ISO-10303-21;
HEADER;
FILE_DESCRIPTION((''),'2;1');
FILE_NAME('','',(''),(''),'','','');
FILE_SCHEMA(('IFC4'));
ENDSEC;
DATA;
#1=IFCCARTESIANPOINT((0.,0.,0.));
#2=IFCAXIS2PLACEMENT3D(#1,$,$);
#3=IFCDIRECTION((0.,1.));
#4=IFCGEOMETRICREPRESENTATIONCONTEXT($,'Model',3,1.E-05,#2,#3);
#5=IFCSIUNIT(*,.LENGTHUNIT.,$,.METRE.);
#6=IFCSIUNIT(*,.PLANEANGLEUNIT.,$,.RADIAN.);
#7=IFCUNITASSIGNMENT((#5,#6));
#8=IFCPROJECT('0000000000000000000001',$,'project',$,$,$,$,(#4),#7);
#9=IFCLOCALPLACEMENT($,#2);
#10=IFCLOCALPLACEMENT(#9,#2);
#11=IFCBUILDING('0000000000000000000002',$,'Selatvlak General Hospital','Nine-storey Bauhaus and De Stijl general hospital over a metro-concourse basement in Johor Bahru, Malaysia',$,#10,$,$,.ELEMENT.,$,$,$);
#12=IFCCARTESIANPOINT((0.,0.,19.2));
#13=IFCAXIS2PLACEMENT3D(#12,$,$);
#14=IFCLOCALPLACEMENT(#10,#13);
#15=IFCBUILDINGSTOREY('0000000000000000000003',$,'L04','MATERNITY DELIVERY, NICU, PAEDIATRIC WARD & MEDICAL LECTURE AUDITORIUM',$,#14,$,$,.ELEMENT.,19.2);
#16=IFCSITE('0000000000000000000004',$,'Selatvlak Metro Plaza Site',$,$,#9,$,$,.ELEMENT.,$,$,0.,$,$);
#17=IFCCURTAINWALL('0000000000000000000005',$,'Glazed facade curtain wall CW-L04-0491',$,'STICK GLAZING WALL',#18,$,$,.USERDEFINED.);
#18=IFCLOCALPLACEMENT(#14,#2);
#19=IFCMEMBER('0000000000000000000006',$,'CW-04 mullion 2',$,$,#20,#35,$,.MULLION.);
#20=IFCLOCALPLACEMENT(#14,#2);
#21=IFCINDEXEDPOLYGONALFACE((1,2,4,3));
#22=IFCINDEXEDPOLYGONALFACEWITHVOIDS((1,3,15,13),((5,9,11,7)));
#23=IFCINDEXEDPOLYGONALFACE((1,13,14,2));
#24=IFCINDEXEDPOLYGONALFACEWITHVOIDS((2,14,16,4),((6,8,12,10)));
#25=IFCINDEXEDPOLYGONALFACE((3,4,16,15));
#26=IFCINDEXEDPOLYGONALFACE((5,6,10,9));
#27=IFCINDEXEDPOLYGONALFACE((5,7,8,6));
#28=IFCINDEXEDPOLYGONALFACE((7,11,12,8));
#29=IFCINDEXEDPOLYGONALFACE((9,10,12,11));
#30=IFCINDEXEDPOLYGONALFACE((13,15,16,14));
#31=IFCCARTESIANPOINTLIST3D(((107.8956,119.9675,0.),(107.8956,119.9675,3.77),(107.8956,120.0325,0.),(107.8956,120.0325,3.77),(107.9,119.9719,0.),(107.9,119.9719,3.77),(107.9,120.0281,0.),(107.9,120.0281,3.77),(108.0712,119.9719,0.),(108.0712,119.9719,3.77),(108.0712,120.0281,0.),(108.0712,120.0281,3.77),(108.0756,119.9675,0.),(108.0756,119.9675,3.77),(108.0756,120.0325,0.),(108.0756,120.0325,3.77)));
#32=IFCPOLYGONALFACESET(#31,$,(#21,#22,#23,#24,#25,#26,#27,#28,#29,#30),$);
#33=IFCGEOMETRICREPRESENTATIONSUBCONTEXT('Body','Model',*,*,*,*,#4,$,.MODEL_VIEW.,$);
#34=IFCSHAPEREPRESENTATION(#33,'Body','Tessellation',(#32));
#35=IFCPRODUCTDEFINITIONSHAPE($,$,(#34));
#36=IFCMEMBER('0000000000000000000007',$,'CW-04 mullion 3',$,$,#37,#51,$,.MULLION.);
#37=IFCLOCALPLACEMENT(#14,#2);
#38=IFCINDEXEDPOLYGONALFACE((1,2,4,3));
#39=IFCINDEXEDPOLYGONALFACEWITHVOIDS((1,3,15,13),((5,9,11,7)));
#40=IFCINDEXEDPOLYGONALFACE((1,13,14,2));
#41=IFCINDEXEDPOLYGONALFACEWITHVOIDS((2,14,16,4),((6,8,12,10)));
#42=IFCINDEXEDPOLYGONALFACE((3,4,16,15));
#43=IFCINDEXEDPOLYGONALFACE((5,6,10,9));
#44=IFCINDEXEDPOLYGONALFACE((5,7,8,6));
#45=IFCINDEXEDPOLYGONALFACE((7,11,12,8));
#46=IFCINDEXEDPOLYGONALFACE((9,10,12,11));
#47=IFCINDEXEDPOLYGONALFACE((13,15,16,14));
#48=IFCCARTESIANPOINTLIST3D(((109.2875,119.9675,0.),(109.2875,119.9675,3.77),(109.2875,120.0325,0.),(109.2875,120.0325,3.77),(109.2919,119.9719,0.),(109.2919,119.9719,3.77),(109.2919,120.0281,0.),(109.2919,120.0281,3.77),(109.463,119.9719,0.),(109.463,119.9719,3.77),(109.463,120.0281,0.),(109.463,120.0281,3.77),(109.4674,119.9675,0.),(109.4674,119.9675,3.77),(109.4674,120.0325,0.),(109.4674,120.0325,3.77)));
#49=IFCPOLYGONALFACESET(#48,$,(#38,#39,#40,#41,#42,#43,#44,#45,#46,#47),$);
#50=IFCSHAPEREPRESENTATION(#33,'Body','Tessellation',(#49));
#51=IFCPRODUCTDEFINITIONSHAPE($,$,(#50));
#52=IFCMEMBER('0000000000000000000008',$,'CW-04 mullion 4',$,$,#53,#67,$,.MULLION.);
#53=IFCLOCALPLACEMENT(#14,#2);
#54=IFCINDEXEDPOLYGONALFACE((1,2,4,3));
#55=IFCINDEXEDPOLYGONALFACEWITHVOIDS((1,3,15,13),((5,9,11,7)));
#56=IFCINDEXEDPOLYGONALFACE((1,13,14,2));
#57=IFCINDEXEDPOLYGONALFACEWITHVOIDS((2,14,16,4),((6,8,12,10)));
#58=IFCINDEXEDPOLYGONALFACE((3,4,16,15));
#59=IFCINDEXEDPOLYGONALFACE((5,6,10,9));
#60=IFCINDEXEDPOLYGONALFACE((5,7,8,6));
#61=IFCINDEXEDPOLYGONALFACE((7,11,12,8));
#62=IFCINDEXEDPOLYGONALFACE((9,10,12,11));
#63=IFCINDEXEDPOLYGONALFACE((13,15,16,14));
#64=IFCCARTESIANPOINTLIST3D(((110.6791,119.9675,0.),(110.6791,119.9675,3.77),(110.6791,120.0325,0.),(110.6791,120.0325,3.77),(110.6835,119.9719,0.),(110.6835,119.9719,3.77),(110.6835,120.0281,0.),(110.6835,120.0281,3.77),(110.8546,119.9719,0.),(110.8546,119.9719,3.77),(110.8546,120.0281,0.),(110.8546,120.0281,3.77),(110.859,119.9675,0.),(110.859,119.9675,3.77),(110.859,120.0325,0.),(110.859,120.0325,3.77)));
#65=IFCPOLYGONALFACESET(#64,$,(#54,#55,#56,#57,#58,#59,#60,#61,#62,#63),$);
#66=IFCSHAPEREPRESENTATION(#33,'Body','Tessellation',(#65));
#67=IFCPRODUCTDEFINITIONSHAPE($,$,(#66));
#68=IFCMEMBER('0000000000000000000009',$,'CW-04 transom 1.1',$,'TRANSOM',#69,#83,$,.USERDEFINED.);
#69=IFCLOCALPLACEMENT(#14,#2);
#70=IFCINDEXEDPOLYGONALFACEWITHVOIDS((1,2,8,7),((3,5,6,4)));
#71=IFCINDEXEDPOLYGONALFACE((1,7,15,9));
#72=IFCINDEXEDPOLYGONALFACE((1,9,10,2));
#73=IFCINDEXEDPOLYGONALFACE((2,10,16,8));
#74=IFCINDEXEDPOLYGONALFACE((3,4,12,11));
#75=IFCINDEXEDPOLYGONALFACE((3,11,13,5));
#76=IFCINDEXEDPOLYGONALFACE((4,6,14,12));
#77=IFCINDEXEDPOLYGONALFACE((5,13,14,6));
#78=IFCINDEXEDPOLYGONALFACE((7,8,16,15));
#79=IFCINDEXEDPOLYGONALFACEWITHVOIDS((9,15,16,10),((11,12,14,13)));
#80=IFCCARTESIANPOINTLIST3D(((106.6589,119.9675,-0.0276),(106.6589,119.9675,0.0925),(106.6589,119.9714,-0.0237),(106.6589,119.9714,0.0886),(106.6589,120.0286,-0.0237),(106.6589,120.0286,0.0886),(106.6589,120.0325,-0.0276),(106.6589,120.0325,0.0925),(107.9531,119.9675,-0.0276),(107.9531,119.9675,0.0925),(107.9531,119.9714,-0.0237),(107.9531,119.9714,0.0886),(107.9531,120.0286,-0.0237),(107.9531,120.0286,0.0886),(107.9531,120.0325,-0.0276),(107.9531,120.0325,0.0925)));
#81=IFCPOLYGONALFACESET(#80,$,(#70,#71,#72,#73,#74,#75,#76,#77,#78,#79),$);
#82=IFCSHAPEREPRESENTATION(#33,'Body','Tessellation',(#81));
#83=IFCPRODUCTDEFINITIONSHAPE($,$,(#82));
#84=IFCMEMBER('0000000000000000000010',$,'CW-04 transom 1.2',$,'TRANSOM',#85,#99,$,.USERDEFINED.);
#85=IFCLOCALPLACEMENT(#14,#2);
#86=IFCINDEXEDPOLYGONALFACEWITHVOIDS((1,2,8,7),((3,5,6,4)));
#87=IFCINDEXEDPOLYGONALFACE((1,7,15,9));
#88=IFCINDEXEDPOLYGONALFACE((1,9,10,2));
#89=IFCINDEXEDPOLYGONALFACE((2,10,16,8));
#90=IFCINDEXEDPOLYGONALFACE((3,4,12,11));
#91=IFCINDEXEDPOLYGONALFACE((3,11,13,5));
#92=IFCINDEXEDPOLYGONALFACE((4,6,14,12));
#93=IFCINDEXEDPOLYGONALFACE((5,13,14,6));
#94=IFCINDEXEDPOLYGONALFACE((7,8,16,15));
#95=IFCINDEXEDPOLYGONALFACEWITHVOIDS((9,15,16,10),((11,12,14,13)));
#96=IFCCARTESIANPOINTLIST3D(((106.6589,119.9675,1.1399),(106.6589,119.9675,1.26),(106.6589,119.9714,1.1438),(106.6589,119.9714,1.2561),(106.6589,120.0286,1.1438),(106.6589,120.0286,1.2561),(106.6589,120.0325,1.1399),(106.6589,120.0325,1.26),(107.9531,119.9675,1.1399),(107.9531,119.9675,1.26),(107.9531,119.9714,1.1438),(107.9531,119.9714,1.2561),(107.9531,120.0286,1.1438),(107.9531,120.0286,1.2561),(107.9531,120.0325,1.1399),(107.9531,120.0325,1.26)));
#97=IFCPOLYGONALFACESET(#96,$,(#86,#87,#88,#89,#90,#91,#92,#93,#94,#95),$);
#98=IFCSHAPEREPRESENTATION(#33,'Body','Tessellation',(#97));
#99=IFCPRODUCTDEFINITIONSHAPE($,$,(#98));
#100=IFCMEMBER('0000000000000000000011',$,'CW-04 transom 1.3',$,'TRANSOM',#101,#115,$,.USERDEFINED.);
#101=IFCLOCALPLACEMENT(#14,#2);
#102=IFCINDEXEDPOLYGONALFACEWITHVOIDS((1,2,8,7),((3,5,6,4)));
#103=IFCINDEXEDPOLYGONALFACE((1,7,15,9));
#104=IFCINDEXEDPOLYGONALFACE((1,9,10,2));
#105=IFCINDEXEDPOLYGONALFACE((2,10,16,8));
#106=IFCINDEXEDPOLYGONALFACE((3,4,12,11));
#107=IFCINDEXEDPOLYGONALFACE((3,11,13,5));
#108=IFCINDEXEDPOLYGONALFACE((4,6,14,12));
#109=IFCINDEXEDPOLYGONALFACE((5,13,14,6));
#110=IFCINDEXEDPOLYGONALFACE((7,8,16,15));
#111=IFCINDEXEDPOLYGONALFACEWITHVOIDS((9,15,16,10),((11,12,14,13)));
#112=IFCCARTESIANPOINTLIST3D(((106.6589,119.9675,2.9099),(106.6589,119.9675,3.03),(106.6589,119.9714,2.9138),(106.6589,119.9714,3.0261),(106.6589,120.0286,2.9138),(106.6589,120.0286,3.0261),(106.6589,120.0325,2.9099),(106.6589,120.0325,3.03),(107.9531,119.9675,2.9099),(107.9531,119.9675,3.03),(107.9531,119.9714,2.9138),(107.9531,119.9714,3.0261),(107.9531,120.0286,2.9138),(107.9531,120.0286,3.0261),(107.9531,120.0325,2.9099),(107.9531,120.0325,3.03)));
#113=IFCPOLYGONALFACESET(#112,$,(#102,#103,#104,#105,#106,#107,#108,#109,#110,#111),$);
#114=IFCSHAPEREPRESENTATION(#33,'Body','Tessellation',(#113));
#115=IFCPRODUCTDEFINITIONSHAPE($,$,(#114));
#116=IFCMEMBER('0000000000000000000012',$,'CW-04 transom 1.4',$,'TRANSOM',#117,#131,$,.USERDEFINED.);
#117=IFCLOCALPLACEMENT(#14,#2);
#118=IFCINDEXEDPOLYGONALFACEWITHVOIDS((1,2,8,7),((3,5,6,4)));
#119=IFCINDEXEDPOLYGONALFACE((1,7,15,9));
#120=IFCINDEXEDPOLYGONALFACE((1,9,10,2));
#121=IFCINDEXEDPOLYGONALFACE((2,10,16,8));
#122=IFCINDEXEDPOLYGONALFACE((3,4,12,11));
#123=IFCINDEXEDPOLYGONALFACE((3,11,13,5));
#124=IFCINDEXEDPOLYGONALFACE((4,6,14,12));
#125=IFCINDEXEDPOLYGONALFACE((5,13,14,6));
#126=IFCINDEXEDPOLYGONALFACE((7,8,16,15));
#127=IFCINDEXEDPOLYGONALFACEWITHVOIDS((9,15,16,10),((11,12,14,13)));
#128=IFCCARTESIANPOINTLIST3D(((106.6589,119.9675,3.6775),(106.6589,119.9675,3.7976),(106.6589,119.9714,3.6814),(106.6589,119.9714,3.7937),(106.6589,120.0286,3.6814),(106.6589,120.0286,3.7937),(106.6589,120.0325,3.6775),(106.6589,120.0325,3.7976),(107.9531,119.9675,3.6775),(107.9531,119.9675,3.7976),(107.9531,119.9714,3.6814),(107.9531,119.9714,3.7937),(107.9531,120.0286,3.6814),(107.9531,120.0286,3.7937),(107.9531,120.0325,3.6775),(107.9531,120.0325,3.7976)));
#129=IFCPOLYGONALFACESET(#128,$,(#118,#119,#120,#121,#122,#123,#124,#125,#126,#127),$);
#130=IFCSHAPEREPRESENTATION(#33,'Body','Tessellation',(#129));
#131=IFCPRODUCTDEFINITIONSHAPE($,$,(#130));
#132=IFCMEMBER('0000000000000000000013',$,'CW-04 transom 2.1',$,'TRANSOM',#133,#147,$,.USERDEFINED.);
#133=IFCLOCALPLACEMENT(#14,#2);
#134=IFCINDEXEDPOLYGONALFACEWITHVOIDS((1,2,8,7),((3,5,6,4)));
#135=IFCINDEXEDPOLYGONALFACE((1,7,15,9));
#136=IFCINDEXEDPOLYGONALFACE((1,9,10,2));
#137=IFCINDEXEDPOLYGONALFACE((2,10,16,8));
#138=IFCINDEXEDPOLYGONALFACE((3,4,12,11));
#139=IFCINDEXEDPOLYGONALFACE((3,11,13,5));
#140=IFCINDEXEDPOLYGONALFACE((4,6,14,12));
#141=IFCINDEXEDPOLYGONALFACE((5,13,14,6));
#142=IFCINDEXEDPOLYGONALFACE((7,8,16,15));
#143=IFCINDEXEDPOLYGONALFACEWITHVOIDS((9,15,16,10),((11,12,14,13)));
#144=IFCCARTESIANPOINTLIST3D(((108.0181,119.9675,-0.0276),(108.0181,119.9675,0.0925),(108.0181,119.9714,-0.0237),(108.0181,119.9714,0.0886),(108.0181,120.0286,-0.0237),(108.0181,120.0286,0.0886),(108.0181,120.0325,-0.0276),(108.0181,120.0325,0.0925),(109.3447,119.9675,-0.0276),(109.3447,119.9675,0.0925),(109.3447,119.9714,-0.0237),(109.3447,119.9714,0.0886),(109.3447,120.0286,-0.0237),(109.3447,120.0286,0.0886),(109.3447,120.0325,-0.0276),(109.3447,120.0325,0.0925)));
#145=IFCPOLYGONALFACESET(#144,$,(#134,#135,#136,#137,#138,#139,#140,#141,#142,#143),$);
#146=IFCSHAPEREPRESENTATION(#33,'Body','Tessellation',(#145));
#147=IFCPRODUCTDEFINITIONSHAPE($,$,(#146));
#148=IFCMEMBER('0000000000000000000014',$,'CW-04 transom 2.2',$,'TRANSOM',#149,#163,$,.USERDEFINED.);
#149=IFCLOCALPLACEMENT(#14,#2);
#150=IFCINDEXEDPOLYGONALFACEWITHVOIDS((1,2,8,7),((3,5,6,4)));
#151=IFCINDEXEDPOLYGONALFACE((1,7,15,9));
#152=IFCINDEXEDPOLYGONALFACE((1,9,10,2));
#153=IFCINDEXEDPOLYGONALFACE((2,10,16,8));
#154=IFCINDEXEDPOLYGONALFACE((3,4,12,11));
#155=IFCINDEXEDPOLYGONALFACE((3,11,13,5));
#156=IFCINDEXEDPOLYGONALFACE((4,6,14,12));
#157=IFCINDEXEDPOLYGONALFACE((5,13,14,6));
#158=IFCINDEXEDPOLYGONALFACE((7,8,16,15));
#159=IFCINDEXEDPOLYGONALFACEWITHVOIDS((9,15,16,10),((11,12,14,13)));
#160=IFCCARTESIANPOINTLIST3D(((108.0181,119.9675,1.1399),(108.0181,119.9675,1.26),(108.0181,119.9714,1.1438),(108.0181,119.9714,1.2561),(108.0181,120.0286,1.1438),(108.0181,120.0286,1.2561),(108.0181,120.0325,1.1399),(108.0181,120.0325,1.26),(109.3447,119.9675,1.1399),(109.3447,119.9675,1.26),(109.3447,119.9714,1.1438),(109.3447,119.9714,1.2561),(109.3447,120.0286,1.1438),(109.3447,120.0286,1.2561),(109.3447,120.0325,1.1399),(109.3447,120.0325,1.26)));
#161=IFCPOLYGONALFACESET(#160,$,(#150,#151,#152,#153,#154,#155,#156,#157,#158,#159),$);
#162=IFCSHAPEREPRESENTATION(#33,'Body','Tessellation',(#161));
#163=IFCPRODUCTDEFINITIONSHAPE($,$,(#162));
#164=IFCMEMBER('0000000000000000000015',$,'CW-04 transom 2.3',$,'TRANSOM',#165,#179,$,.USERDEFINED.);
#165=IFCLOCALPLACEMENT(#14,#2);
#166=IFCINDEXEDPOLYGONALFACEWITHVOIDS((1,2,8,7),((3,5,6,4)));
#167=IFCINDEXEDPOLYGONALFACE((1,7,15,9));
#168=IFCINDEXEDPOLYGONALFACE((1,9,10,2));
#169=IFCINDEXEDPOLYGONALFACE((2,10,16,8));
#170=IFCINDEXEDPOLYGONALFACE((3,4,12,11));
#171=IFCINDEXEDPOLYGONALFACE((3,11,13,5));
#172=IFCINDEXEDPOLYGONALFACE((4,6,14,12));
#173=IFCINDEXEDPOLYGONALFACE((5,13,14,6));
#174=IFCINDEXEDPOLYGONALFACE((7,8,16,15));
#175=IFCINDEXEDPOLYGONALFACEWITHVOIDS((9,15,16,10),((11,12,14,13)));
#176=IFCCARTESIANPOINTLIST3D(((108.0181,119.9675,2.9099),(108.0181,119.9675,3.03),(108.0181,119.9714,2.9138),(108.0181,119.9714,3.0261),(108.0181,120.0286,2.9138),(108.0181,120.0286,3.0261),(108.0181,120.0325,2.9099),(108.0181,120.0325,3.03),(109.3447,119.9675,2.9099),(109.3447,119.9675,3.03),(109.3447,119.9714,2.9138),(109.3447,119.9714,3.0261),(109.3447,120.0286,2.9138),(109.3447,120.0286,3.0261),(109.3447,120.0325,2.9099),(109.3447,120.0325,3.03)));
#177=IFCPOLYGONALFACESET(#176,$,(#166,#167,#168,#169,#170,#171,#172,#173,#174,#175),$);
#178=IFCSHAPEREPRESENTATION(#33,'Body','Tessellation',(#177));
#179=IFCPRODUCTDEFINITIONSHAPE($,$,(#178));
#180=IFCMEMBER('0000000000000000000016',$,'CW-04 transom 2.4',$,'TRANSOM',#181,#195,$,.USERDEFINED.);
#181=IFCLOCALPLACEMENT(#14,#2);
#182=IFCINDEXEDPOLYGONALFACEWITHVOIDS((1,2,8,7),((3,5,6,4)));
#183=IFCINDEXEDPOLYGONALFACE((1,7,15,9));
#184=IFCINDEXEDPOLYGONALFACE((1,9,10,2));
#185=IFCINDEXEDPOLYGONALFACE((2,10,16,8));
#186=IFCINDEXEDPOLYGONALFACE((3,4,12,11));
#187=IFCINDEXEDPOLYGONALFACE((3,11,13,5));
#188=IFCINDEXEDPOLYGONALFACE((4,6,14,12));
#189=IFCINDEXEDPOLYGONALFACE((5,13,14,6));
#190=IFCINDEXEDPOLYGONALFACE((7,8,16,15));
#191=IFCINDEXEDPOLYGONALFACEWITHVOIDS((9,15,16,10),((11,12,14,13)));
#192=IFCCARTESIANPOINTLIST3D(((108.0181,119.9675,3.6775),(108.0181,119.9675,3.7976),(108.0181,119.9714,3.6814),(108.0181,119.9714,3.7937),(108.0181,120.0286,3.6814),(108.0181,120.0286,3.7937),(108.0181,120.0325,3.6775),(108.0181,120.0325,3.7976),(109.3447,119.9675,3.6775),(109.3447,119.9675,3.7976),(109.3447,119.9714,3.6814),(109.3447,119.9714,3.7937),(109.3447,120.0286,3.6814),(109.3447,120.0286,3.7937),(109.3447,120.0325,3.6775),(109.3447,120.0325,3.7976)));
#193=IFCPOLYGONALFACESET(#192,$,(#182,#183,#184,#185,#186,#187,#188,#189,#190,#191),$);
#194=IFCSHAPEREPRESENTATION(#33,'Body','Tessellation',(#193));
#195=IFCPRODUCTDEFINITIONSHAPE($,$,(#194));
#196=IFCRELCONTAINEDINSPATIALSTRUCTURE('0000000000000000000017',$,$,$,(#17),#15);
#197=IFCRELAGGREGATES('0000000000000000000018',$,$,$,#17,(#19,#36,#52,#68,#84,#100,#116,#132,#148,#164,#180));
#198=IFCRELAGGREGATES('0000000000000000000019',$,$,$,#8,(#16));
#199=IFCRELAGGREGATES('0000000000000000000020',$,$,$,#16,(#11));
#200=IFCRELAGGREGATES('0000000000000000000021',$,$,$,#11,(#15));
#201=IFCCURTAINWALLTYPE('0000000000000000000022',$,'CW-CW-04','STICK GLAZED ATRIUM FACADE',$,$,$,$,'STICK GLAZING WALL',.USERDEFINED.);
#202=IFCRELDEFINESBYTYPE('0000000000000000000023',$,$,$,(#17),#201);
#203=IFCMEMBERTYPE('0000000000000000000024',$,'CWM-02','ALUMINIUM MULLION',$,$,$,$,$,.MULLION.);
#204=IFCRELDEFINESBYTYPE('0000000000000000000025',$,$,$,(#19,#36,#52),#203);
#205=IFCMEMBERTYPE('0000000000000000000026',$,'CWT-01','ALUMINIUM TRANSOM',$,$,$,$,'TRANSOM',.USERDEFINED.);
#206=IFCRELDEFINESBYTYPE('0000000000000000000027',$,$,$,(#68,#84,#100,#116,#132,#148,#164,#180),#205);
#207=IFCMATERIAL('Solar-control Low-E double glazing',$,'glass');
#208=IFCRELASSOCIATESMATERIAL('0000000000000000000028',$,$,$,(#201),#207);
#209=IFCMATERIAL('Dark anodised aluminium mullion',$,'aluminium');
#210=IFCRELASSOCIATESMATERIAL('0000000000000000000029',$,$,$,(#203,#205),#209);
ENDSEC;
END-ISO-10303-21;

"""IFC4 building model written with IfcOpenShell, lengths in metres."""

from ifc_helpers import new_model, si_unit, direction, frame, origin, origin_2d, place, context, subcontext, project, spatial, hollow_rectangle, extrude, material, material_profile, profile_set, type_object, element, aggregate, save


model = new_model("IFC4")

# Units and contexts
model_context = context("Model", 3, precision=1e-05, world=origin(), true_north=direction((0.0, 1.0)))
body_context = subcontext(model_context, "Body", "Model", "MODEL_VIEW")
ifc_project = project(units=[si_unit("LENGTHUNIT", "METRE"), si_unit("PLANEANGLEUNIT", "RADIAN")], contexts=[model_context])

# Site, building, storey
site_placement = place(None, origin())
site = spatial("IfcSite", under=ifc_project, at=site_placement, Name="Selatvlak Metro Plaza Site", CompositionType="ELEMENT", RefElevation=0.0)
building_placement = place(site_placement, origin())
building = spatial("IfcBuilding", under=site, at=building_placement, Name="Selatvlak General Hospital", Description="Nine-storey Bauhaus and De Stijl general hospital over a metro-concourse basement in Johor Bahru, Malaysia", CompositionType="ELEMENT")
storey_placement = place(building_placement, frame((0.0, 0.0, 19.2)))
storey = spatial("IfcBuildingStorey", under=building, at=storey_placement, Name="L04", Description="MATERNITY DELIVERY, NICU, PAEDIATRIC WARD & MEDICAL LECTURE AUDITORIUM", CompositionType="ELEMENT", Elevation=19.2)

# Curtain wall, members
ifc_material_1 = material(Name="Solar-control Low-E double glazing", Category="glass")
curtain_wall_type = type_object("IfcCurtainWallType", Name="CW-CW-04", Description="STICK GLAZED ATRIUM FACADE", ElementType="STICK GLAZING WALL", PredefinedType="USERDEFINED", material=ifc_material_1)
curtain_wall_placement = place(storey_placement, origin())
curtain_wall = element("IfcCurtainWall", 1, at=curtain_wall_placement, inside=storey, type_object=curtain_wall_type, Name="Glazed facade curtain wall CW-L04-0491", ObjectType="STICK GLAZING WALL", PredefinedType="USERDEFINED")
ifc_material_2 = material(Name="Dark anodised aluminium mullion", Category="aluminium")
ifc_material_profile_1 = material_profile(ifc_material_2, hollow_rectangle(XDim=0.0649, YDim=0.1799, WallThickness=0.0044, at=origin_2d()), Name="AL-MUL 65x180x4.5")
ifc_profile_set_1 = profile_set([ifc_material_profile_1], Name="Dark anodised aluminium mullion")
member_type_1 = type_object("IfcMemberType", Name="CWM-02", Description="ALUMINIUM MULLION", PredefinedType="MULLION", material=ifc_profile_set_1)
member_1_placement = place(storey_placement, frame((107.9856, 120.0, 0.0), z_axis=(0.0, 0.0, 1.0), x_axis=(0.0, 1.0, 0.0)))
member_1 = element("IfcMember", 2, at=member_1_placement, type_object=member_type_1, Name="CW-04 mullion 2", PredefinedType="MULLION", context=body_context, shape_type="SweptSolid", body=[
    extrude(hollow_rectangle(XDim=0.0649, YDim=0.1799, WallThickness=0.0044, at=origin_2d()), origin(), (0.0, 0.0, 1.0), 3.77),
])
member_2_placement = place(storey_placement, frame((109.3774, 120.0, 0.0), z_axis=(0.0, 0.0, 1.0), x_axis=(0.0, 1.0, 0.0)))
member_2 = element("IfcMember", 3, at=member_2_placement, type_object=member_type_1, Name="CW-04 mullion 3", PredefinedType="MULLION", context=body_context, shape_type="SweptSolid", body=[
    extrude(hollow_rectangle(XDim=0.0649, YDim=0.1799, WallThickness=0.0044, at=origin_2d()), origin(), (0.0, 0.0, 1.0), 3.77),
])
member_3_placement = place(storey_placement, frame((110.769, 120.0, 0.0), z_axis=(0.0, 0.0, 1.0), x_axis=(0.0, 1.0, 0.0)))
member_3 = element("IfcMember", 4, at=member_3_placement, type_object=member_type_1, Name="CW-04 mullion 4", PredefinedType="MULLION", context=body_context, shape_type="SweptSolid", body=[
    extrude(hollow_rectangle(XDim=0.0649, YDim=0.1799, WallThickness=0.0044, at=origin_2d()), origin(), (0.0, 0.0, 1.0), 3.77),
])
ifc_material_profile_2 = material_profile(ifc_material_2, hollow_rectangle(XDim=0.0649, YDim=0.1201, WallThickness=0.0039, at=origin_2d()), Name="AL-TRN 65x120x4")
ifc_profile_set_2 = profile_set([ifc_material_profile_2], Name="Dark anodised aluminium mullion")
member_type_2 = type_object("IfcMemberType", Name="CWT-01", Description="ALUMINIUM TRANSOM", ElementType="TRANSOM", PredefinedType="USERDEFINED", material=ifc_profile_set_2)
member_4_placement = place(storey_placement, frame((106.6589, 120.0, 0.0325), z_axis=(1.0, 0.0, 0.0), x_axis=(0.0, 1.0, 0.0)))
member_4 = element("IfcMember", 5, at=member_4_placement, type_object=member_type_2, Name="CW-04 transom 1.1", ObjectType="TRANSOM", PredefinedType="USERDEFINED", context=body_context, shape_type="SweptSolid", body=[
    extrude(hollow_rectangle(XDim=0.0649, YDim=0.1201, WallThickness=0.0039, at=origin_2d()), origin(), (0.0, 0.0, 1.0), 1.2942),
])
member_5_placement = place(storey_placement, frame((106.6589, 120.0, 1.2), z_axis=(1.0, 0.0, 0.0), x_axis=(0.0, 1.0, 0.0)))
member_5 = element("IfcMember", 6, at=member_5_placement, type_object=member_type_2, Name="CW-04 transom 1.2", ObjectType="TRANSOM", PredefinedType="USERDEFINED", context=body_context, shape_type="SweptSolid", body=[
    extrude(hollow_rectangle(XDim=0.0649, YDim=0.1201, WallThickness=0.0039, at=origin_2d()), origin(), (0.0, 0.0, 1.0), 1.2942),
])
member_6_placement = place(storey_placement, frame((106.6589, 120.0, 2.97), z_axis=(1.0, 0.0, 0.0), x_axis=(0.0, 1.0, 0.0)))
member_6 = element("IfcMember", 7, at=member_6_placement, type_object=member_type_2, Name="CW-04 transom 1.3", ObjectType="TRANSOM", PredefinedType="USERDEFINED", context=body_context, shape_type="SweptSolid", body=[
    extrude(hollow_rectangle(XDim=0.0649, YDim=0.1201, WallThickness=0.0039, at=origin_2d()), origin(), (0.0, 0.0, 1.0), 1.2942),
])
member_7_placement = place(storey_placement, frame((106.6589, 120.0, 3.7375), z_axis=(1.0, 0.0, 0.0), x_axis=(0.0, 1.0, 0.0)))
member_7 = element("IfcMember", 8, at=member_7_placement, type_object=member_type_2, Name="CW-04 transom 1.4", ObjectType="TRANSOM", PredefinedType="USERDEFINED", context=body_context, shape_type="SweptSolid", body=[
    extrude(hollow_rectangle(XDim=0.0649, YDim=0.1201, WallThickness=0.0039, at=origin_2d()), origin(), (0.0, 0.0, 1.0), 1.2942),
])
member_8_placement = place(storey_placement, frame((108.0181, 120.0, 0.0325), z_axis=(1.0, 0.0, 0.0), x_axis=(0.0, 1.0, 0.0)))
member_8 = element("IfcMember", 9, at=member_8_placement, type_object=member_type_2, Name="CW-04 transom 2.1", ObjectType="TRANSOM", PredefinedType="USERDEFINED", context=body_context, shape_type="SweptSolid", body=[
    extrude(hollow_rectangle(XDim=0.0649, YDim=0.1201, WallThickness=0.0039, at=origin_2d()), origin(), (0.0, 0.0, 1.0), 1.3267),
])
member_9_placement = place(storey_placement, frame((108.0181, 120.0, 1.2), z_axis=(1.0, 0.0, 0.0), x_axis=(0.0, 1.0, 0.0)))
member_9 = element("IfcMember", 10, at=member_9_placement, type_object=member_type_2, Name="CW-04 transom 2.2", ObjectType="TRANSOM", PredefinedType="USERDEFINED", context=body_context, shape_type="SweptSolid", body=[
    extrude(hollow_rectangle(XDim=0.0649, YDim=0.1201, WallThickness=0.0039, at=origin_2d()), origin(), (0.0, 0.0, 1.0), 1.3267),
])
member_10_placement = place(storey_placement, frame((108.0181, 120.0, 2.97), z_axis=(1.0, 0.0, 0.0), x_axis=(0.0, 1.0, 0.0)))
member_10 = element("IfcMember", 11, at=member_10_placement, type_object=member_type_2, Name="CW-04 transom 2.3", ObjectType="TRANSOM", PredefinedType="USERDEFINED", context=body_context, shape_type="SweptSolid", body=[
    extrude(hollow_rectangle(XDim=0.0649, YDim=0.1201, WallThickness=0.0039, at=origin_2d()), origin(), (0.0, 0.0, 1.0), 1.3267),
])
member_11_placement = place(storey_placement, frame((108.0181, 120.0, 3.7375), z_axis=(1.0, 0.0, 0.0), x_axis=(0.0, 1.0, 0.0)))
member_11 = element("IfcMember", 12, at=member_11_placement, type_object=member_type_2, Name="CW-04 transom 2.4", ObjectType="TRANSOM", PredefinedType="USERDEFINED", context=body_context, shape_type="SweptSolid", body=[
    extrude(hollow_rectangle(XDim=0.0649, YDim=0.1201, WallThickness=0.0039, at=origin_2d()), origin(), (0.0, 0.0, 1.0), 1.3267),
])
aggregate(curtain_wall, [member_1, member_2, member_3, member_4, member_5, member_6, member_7, member_8, member_9, member_10, member_11])

save(model, "model.ifc")
